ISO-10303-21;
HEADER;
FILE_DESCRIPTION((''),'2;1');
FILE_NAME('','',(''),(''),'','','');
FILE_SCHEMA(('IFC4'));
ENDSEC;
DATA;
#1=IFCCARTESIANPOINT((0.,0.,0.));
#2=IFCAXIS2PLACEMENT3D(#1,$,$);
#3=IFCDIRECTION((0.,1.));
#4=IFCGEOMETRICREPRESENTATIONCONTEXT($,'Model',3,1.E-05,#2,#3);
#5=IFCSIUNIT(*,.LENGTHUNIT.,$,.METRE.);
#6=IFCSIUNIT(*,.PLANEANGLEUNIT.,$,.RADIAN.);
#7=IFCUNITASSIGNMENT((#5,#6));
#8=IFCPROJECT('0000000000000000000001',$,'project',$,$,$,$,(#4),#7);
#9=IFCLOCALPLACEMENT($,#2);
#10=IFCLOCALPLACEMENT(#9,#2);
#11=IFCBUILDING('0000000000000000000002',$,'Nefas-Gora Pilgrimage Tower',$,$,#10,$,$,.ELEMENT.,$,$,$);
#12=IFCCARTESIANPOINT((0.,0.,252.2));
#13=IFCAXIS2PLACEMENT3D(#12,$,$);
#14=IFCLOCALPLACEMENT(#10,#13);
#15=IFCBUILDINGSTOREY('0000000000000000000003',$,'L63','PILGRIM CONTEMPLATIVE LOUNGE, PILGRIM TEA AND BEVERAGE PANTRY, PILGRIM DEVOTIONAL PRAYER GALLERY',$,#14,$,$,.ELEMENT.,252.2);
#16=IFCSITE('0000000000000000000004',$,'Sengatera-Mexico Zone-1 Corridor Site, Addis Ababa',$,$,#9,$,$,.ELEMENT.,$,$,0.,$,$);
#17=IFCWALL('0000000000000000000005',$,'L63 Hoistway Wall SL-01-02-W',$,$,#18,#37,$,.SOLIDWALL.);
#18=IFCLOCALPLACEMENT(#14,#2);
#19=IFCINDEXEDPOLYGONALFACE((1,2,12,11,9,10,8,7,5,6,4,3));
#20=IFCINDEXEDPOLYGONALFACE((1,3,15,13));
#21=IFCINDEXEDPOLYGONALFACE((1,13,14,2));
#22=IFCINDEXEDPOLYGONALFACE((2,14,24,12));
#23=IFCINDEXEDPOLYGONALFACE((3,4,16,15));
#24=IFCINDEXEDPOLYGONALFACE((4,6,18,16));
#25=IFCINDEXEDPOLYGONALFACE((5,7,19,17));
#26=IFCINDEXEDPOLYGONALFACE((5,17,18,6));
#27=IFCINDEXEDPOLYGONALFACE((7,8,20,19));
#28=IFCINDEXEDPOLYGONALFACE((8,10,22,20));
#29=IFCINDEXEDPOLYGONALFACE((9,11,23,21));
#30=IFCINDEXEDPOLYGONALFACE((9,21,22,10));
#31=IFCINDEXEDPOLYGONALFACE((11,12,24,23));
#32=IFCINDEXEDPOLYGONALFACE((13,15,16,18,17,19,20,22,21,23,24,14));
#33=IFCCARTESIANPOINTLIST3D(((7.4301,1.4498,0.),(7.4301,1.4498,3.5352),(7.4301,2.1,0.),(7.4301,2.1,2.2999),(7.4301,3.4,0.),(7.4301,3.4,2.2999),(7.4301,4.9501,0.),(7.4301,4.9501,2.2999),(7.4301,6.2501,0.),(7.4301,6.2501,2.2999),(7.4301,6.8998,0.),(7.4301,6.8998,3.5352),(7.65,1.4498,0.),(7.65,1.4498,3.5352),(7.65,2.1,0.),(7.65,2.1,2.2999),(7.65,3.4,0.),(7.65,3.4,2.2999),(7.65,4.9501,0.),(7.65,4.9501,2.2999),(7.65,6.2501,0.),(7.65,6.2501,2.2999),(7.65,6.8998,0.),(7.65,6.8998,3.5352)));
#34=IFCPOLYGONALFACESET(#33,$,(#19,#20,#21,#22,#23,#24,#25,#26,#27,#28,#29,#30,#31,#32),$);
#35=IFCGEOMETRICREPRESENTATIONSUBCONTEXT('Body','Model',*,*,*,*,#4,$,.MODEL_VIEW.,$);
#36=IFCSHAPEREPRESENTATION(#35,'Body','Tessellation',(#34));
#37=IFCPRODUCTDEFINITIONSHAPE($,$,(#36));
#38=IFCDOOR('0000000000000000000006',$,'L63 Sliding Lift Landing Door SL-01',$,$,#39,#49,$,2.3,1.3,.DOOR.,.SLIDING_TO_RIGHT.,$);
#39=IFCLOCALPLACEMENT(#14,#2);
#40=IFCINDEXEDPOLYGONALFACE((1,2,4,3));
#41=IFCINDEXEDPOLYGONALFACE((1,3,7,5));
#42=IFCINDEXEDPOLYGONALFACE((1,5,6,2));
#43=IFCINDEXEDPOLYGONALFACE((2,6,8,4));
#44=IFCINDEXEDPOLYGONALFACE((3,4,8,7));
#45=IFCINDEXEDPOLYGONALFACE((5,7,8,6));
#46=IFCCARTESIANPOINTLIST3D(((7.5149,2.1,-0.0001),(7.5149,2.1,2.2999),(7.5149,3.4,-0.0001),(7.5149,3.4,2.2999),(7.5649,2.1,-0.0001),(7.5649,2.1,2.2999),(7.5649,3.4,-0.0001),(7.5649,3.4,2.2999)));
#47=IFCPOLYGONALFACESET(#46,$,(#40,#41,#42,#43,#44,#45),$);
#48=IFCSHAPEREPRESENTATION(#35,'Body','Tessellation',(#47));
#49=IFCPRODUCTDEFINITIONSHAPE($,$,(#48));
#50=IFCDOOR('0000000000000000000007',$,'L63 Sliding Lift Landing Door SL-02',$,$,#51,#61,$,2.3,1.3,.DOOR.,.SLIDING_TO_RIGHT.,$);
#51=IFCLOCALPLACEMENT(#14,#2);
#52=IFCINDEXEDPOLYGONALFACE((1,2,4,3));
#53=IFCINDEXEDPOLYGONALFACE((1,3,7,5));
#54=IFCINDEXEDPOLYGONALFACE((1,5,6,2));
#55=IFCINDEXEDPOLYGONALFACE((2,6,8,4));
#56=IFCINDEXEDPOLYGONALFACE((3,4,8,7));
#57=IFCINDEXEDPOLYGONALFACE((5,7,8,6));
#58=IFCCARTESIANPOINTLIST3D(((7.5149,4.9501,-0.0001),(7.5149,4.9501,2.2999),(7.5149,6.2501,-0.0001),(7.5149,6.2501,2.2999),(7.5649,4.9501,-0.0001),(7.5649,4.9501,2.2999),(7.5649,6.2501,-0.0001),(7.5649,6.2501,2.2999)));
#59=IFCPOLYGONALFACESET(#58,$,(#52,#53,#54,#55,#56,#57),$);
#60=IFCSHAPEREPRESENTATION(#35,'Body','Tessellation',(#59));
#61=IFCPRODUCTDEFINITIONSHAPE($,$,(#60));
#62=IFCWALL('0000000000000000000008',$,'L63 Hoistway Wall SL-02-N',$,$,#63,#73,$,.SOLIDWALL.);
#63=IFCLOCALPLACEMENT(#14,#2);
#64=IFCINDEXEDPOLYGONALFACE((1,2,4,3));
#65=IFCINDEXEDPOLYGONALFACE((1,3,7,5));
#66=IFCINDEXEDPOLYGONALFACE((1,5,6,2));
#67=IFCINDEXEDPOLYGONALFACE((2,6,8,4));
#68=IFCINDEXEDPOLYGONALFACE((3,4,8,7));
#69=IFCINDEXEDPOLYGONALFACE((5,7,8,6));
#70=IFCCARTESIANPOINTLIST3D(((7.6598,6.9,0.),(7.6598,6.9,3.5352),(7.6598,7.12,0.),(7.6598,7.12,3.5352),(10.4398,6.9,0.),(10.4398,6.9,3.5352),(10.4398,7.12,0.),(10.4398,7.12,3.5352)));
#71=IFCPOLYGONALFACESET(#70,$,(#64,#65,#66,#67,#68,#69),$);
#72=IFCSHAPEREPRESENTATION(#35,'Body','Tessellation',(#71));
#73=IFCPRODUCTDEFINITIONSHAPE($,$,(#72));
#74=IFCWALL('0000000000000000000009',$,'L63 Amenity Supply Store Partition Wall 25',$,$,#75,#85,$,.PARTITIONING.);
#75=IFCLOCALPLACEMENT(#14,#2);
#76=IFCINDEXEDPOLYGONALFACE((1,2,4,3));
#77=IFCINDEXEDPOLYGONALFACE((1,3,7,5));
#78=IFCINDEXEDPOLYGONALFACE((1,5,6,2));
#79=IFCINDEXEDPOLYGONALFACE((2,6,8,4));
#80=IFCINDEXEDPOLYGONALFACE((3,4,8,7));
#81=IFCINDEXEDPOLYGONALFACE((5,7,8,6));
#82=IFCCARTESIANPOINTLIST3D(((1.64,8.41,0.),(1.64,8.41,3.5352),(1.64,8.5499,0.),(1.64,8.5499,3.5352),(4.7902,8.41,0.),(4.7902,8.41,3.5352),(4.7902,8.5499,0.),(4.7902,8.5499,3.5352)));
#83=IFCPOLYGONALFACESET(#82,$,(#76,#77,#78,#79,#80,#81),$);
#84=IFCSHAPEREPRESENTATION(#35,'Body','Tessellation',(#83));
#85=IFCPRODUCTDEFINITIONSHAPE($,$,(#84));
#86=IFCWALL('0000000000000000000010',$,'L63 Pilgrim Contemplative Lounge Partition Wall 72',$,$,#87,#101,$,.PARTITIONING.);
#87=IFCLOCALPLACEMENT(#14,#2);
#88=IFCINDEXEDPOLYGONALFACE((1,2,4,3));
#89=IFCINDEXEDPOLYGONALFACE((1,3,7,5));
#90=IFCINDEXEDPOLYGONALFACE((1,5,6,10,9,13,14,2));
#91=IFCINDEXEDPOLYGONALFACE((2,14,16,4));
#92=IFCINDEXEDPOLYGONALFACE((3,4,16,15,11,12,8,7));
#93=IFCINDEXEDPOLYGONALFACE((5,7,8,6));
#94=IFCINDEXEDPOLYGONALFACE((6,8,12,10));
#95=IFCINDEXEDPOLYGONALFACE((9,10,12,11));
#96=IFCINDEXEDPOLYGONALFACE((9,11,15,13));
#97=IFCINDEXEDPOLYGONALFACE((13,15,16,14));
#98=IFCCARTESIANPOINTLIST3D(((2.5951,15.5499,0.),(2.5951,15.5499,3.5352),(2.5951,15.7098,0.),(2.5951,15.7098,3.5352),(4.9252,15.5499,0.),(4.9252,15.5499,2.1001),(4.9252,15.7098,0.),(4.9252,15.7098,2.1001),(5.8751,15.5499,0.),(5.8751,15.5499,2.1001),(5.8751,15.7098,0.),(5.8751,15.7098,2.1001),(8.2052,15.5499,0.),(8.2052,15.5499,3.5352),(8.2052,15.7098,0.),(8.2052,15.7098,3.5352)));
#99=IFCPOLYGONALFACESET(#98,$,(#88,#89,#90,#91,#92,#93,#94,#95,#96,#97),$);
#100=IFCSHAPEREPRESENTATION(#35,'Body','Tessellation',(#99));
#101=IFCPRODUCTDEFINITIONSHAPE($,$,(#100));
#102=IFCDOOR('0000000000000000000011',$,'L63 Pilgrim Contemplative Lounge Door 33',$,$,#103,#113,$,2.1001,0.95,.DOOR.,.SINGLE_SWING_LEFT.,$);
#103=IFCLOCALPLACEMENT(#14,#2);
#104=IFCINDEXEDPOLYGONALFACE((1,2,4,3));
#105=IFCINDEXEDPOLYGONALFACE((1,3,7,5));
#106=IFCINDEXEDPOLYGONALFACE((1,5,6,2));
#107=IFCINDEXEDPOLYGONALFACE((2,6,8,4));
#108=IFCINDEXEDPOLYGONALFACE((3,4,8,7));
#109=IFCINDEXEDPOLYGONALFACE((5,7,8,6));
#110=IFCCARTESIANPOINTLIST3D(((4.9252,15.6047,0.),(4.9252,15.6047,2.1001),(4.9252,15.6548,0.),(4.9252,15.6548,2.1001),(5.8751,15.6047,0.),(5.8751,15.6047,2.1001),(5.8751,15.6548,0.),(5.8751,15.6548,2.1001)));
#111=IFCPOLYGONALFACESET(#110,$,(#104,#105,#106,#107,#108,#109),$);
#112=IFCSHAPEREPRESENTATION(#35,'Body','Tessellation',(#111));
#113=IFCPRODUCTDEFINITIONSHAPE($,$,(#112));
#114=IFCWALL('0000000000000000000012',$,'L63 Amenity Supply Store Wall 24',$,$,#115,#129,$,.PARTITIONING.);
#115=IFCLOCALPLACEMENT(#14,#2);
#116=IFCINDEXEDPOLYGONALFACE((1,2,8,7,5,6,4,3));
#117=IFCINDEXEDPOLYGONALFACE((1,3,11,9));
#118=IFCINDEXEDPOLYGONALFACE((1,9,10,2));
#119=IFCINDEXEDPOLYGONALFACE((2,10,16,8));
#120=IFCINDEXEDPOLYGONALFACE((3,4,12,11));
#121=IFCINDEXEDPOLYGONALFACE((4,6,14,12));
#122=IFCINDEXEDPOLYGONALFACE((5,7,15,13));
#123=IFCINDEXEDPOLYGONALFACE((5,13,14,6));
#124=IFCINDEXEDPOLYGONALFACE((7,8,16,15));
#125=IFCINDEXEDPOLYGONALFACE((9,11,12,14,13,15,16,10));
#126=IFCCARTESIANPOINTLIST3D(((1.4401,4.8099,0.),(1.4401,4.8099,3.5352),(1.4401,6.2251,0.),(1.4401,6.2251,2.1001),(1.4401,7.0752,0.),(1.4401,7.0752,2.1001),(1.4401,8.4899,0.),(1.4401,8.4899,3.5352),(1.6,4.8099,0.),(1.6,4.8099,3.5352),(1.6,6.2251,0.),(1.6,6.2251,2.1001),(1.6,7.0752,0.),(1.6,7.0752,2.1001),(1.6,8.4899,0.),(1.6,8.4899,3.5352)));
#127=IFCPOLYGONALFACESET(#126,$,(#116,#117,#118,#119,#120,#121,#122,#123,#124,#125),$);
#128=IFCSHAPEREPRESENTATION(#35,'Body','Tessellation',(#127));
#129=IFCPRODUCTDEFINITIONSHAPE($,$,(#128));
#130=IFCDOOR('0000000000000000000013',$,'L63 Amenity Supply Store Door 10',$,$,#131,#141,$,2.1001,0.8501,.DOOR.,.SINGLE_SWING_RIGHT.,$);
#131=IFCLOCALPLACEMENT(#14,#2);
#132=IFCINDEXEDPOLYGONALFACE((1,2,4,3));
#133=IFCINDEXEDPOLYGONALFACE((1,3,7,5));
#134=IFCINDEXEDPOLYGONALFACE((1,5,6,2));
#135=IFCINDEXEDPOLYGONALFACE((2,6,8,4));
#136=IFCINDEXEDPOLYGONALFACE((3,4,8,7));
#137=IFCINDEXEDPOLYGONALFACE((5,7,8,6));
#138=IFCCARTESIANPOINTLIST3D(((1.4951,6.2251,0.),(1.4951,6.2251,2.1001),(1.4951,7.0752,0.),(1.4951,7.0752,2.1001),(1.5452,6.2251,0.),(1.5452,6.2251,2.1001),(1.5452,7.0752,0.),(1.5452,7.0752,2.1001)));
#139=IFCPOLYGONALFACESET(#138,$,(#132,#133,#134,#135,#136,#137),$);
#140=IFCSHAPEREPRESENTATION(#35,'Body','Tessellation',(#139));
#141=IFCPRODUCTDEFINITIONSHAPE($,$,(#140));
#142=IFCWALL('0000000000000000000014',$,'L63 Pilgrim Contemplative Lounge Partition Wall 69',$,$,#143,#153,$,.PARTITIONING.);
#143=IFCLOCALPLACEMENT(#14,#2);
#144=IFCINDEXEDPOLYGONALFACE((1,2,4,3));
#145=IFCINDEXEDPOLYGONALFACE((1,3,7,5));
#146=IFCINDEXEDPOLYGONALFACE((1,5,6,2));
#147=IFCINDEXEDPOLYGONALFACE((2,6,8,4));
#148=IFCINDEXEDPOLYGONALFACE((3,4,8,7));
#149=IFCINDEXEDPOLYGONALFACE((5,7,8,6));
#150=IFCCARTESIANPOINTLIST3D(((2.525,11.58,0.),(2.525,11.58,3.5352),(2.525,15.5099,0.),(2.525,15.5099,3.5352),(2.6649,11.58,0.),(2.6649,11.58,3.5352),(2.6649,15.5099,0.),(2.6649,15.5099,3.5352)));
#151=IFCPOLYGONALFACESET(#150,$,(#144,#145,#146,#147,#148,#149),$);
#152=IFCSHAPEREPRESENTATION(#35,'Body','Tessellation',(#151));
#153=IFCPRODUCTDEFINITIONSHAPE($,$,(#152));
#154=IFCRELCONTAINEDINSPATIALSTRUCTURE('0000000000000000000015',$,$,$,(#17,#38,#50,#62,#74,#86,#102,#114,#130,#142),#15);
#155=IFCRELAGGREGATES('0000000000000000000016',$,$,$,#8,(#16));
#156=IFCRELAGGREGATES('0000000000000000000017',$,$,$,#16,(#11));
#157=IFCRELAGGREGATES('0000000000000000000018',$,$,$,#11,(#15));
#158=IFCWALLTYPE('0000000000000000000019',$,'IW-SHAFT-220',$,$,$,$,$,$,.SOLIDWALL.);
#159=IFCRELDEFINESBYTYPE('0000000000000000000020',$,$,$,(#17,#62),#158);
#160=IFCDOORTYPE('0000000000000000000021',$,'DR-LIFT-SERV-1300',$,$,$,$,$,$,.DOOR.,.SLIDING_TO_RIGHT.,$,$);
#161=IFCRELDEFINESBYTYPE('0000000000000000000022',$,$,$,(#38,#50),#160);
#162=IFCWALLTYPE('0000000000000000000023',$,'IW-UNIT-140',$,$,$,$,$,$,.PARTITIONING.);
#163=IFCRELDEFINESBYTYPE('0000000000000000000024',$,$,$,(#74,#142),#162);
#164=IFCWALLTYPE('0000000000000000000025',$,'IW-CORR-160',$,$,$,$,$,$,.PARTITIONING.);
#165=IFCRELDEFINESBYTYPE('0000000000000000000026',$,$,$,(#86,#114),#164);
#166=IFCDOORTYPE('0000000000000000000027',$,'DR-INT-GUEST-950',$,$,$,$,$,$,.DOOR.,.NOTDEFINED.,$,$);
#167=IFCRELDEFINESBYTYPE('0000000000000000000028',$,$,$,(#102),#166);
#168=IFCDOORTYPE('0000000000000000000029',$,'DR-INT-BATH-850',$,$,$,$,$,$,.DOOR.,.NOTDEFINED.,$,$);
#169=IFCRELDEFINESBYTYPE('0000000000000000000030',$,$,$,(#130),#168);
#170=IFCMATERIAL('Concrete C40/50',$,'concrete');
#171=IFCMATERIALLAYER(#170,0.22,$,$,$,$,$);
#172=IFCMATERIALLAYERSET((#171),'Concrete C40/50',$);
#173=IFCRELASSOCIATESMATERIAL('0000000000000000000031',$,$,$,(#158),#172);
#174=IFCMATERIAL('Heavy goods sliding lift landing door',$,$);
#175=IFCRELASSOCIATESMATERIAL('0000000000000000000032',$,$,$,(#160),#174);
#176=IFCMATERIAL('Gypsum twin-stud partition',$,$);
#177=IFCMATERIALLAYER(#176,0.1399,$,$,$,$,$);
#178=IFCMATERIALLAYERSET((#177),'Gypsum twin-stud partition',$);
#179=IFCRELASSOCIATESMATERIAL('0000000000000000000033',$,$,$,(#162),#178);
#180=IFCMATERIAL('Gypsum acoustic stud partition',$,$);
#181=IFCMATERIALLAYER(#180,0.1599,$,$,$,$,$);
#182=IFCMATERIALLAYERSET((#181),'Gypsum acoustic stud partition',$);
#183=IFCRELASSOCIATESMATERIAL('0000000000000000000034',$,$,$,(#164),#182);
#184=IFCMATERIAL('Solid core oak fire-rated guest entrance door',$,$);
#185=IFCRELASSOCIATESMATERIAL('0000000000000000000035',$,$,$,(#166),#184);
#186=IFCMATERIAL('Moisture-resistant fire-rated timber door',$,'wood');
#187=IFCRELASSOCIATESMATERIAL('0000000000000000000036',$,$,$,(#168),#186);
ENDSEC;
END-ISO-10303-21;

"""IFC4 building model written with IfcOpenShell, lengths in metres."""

from ifc_helpers import new_model, si_unit, direction, frame, frame_2d, origin, place, context, subcontext, project, spatial, rectangle, extrude, source, transform, mapped, material, layer, layer_set, type_object, element, fill, save


model = new_model("IFC4")

# Units and contexts
model_context = context("Model", 3, precision=1e-05, world=origin(), true_north=direction((0.0, 1.0)))
body_context = subcontext(model_context, "Body", "Model", "MODEL_VIEW")
ifc_project = project(units=[si_unit("LENGTHUNIT", "METRE"), si_unit("PLANEANGLEUNIT", "RADIAN")], contexts=[model_context])

# Site, building, storey
site_placement = place(None, origin())
site = spatial("IfcSite", under=ifc_project, at=site_placement, Name="Sengatera-Mexico Zone-1 Corridor Site, Addis Ababa", CompositionType="ELEMENT", RefElevation=0.0)
building_placement = place(site_placement, origin())
building = spatial("IfcBuilding", under=site, at=building_placement, Name="Nefas-Gora Pilgrimage Tower", CompositionType="ELEMENT")
storey_placement = place(building_placement, frame((0.0, 0.0, 252.2)))
storey = spatial("IfcBuildingStorey", under=building, at=storey_placement, Name="L63", Description="PILGRIM CONTEMPLATIVE LOUNGE, PILGRIM TEA AND BEVERAGE PANTRY, PILGRIM DEVOTIONAL PRAYER GALLERY", CompositionType="ELEMENT", Elevation=252.2)

# Wall, openings, doors
ifc_material_1 = material(Name="Concrete C40/50", Category="concrete")
ifc_layer_1 = layer(ifc_material_1, 0.22)
ifc_layer_set_1 = layer_set([ifc_layer_1], Name="Concrete C40/50")
wall_type_1 = type_object("IfcWallType", Name="IW-SHAFT-220", PredefinedType="SOLIDWALL", material=ifc_layer_set_1)
shared_shape_1 = source(origin(), body_context, "Body", "SweptSolid", [
    extrude(rectangle(XDim=5.45, YDim=0.22, at=frame_2d((2.7251, 0.0))), origin(), (0.0, 0.0, 1.0), 3.5352),
])
wall_1_placement = place(storey_placement, frame((7.54, 6.8999, 0.0), z_axis=(0.0, 0.0, 1.0), x_axis=(0.0, -1.0, 0.0)))
wall_1 = element("IfcWall", 1, at=wall_1_placement, inside=storey, type_object=wall_type_1, Name="L63 Hoistway Wall SL-01-02-W", PredefinedType="SOLIDWALL", context=body_context, shape_type="MappedRepresentation", body=[
    mapped(shared_shape_1, transform((0.0, 0.0, 0.0), x_axis=(1.0, 0.0, 0.0), y_axis=(0.0, 1.0, 0.0), z_axis=(0.0, 0.0, 1.0), scale=1.0)),
])
opening_1_placement = place(wall_1_placement, frame((3.5, 0.0, 0.0)))
opening_1 = element("IfcOpeningElement", 2, at=opening_1_placement, cuts=wall_1, PredefinedType="OPENING", context=body_context, shape_type="SweptSolid", body=[
    extrude(rectangle(XDim=1.3, YDim=2.3, at=frame_2d((0.6499, 1.1499))), frame((0.0, 0.1199, 0.0), z_axis=(0.0, -1.0, 0.0), x_axis=(1.0, 0.0, 0.0)), (0.0, 0.0, 1.0), 0.24),
])
opening_2_placement = place(wall_1_placement, frame((0.6499, 0.0, 0.0)))
opening_2 = element("IfcOpeningElement", 3, at=opening_2_placement, cuts=wall_1, PredefinedType="OPENING", context=body_context, shape_type="SweptSolid", body=[
    extrude(rectangle(XDim=1.3, YDim=2.3, at=frame_2d((0.6499, 1.1499))), frame((0.0, 0.1199, 0.0), z_axis=(0.0, -1.0, 0.0), x_axis=(1.0, 0.0, 0.0)), (0.0, 0.0, 1.0), 0.24),
])
ifc_material_2 = material(Name="Heavy goods sliding lift landing door")
door_type_1 = type_object("IfcDoorType", Name="DR-LIFT-SERV-1300", OperationType="SLIDING_TO_RIGHT", PredefinedType="DOOR", material=ifc_material_2)
shared_shape_2 = source(origin(), body_context, "Body", "SweptSolid", [
    extrude(rectangle(XDim=1.3, YDim=2.3, at=frame_2d((0.6499, 1.1499))), frame((0.0, 0.0249, 0.0), z_axis=(0.0, -1.0, 0.0), x_axis=(1.0, 0.0, 0.0)), (0.0, 0.0, 1.0), 0.05),
])
door_1_placement = place(opening_1_placement, origin())
door_1 = element("IfcDoor", 4, at=door_1_placement, inside=storey, type_object=door_type_1, Name="L63 Sliding Lift Landing Door SL-01", OperationType="SLIDING_TO_RIGHT", OverallHeight=2.3, OverallWidth=1.3, PredefinedType="DOOR", context=body_context, shape_type="MappedRepresentation", body=[
    mapped(shared_shape_2, transform((0.0, 0.0, 0.0), x_axis=(1.0, 0.0, 0.0), y_axis=(0.0, 1.0, 0.0), z_axis=(0.0, 0.0, 1.0), scale=1.0)),
])
fill(opening_1, door_1)
door_2_placement = place(opening_2_placement, origin())
door_2 = element("IfcDoor", 5, at=door_2_placement, inside=storey, type_object=door_type_1, Name="L63 Sliding Lift Landing Door SL-02", OperationType="SLIDING_TO_RIGHT", OverallHeight=2.3, OverallWidth=1.3, PredefinedType="DOOR", context=body_context, shape_type="MappedRepresentation", body=[
    mapped(shared_shape_2, transform((0.0, 0.0, 0.0), x_axis=(1.0, 0.0, 0.0), y_axis=(0.0, 1.0, 0.0), z_axis=(0.0, 0.0, 1.0), scale=1.0)),
])
fill(opening_2, door_2)

# Walls
shared_shape_3 = source(origin(), body_context, "Body", "SweptSolid", [
    extrude(rectangle(XDim=2.78, YDim=0.22, at=frame_2d((1.3901, 0.0))), origin(), (0.0, 0.0, 1.0), 3.5352),
])
wall_2_placement = place(storey_placement, frame((10.4399, 7.01, 0.0), z_axis=(0.0, 0.0, 1.0), x_axis=(-1.0, 0.0, 0.0)))
element("IfcWall", 6, at=wall_2_placement, inside=storey, type_object=wall_type_1, Name="L63 Hoistway Wall SL-02-N", PredefinedType="SOLIDWALL", context=body_context, shape_type="MappedRepresentation", body=[
    mapped(shared_shape_3, transform((0.0, 0.0, 0.0), x_axis=(1.0, 0.0, 0.0), y_axis=(0.0, 1.0, 0.0), z_axis=(0.0, 0.0, 1.0), scale=1.0)),
])
ifc_material_3 = material(Name="Gypsum twin-stud partition")
ifc_layer_2 = layer(ifc_material_3, 0.1399)
ifc_layer_set_2 = layer_set([ifc_layer_2], Name="Gypsum twin-stud partition")
wall_type_2 = type_object("IfcWallType", Name="IW-UNIT-140", PredefinedType="PARTITIONING", material=ifc_layer_set_2)
shared_shape_4 = source(origin(), body_context, "Body", "SweptSolid", [
    extrude(rectangle(XDim=3.1501, YDim=0.1399, at=frame_2d((1.5752, 0.0))), origin(), (0.0, 0.0, 1.0), 3.5352),
])
wall_3_placement = place(storey_placement, frame((1.6399, 8.48, 0.0), z_axis=(0.0, 0.0, 1.0), x_axis=(1.0, 0.0, 0.0)))
element("IfcWall", 7, at=wall_3_placement, inside=storey, type_object=wall_type_2, Name="L63 Amenity Supply Store Partition Wall 25", PredefinedType="PARTITIONING", context=body_context, shape_type="MappedRepresentation", body=[
    mapped(shared_shape_4, transform((0.0, 0.0, 0.0), x_axis=(1.0, 0.0, 0.0), y_axis=(0.0, 1.0, 0.0), z_axis=(0.0, 0.0, 1.0), scale=1.0)),
])

# Walls, openings, doors
ifc_material_4 = material(Name="Gypsum acoustic stud partition")
ifc_layer_3 = layer(ifc_material_4, 0.1599)
ifc_layer_set_3 = layer_set([ifc_layer_3], Name="Gypsum acoustic stud partition")
wall_type_3 = type_object("IfcWallType", Name="IW-CORR-160", PredefinedType="PARTITIONING", material=ifc_layer_set_3)
shared_shape_5 = source(origin(), body_context, "Body", "SweptSolid", [
    extrude(rectangle(XDim=5.6101, YDim=0.1599, at=frame_2d((2.8052, 0.0))), origin(), (0.0, 0.0, 1.0), 3.5352),
])
wall_4_placement = place(storey_placement, frame((2.595, 15.6299, 0.0), z_axis=(0.0, 0.0, 1.0), x_axis=(1.0, 0.0, 0.0)))
wall_4 = element("IfcWall", 8, at=wall_4_placement, inside=storey, type_object=wall_type_3, Name="L63 Pilgrim Contemplative Lounge Partition Wall 72", PredefinedType="PARTITIONING", context=body_context, shape_type="MappedRepresentation", body=[
    mapped(shared_shape_5, transform((0.0, 0.0, 0.0), x_axis=(1.0, 0.0, 0.0), y_axis=(0.0, 1.0, 0.0), z_axis=(0.0, 0.0, 1.0), scale=1.0)),
])
opening_3_placement = place(wall_4_placement, frame((2.3301, 0.0, 0.0)))
opening_3 = element("IfcOpeningElement", 9, at=opening_3_placement, cuts=wall_4, PredefinedType="OPENING", context=body_context, shape_type="SweptSolid", body=[
    extrude(rectangle(XDim=0.95, YDim=2.1001, at=frame_2d((0.4751, 1.05))), frame((0.0, 0.0898, 0.0), z_axis=(0.0, -1.0, 0.0), x_axis=(1.0, 0.0, 0.0)), (0.0, 0.0, 1.0), 0.1799),
])
ifc_material_5 = material(Name="Solid core oak fire-rated guest entrance door")
door_type_2 = type_object("IfcDoorType", Name="DR-INT-GUEST-950", OperationType="NOTDEFINED", PredefinedType="DOOR", material=ifc_material_5)
shared_shape_6 = source(origin(), body_context, "Body", "SweptSolid", [
    extrude(rectangle(XDim=0.95, YDim=2.1001, at=frame_2d((0.4751, 1.05))), frame((0.0, 0.0249, 0.0), z_axis=(0.0, -1.0, 0.0), x_axis=(1.0, 0.0, 0.0)), (0.0, 0.0, 1.0), 0.05),
])
door_3_placement = place(opening_3_placement, origin())
door_3 = element("IfcDoor", 10, at=door_3_placement, inside=storey, type_object=door_type_2, Name="L63 Pilgrim Contemplative Lounge Door 33", OperationType="SINGLE_SWING_LEFT", OverallHeight=2.1001, OverallWidth=0.95, PredefinedType="DOOR", context=body_context, shape_type="MappedRepresentation", body=[
    mapped(shared_shape_6, transform((0.0, 0.0, 0.0), x_axis=(1.0, 0.0, 0.0), y_axis=(0.0, 1.0, 0.0), z_axis=(0.0, 0.0, 1.0), scale=1.0)),
])
fill(opening_3, door_3)
shared_shape_7 = source(origin(), body_context, "Body", "SweptSolid", [
    extrude(rectangle(XDim=3.6799, YDim=0.1599, at=frame_2d((1.8398, 0.0))), origin(), (0.0, 0.0, 1.0), 3.5352),
])
wall_5_placement = place(storey_placement, frame((1.52, 4.8101, 0.0), z_axis=(0.0, 0.0, 1.0), x_axis=(0.0, 1.0, 0.0)))
wall_5 = element("IfcWall", 11, at=wall_5_placement, inside=storey, type_object=wall_type_3, Name="L63 Amenity Supply Store Wall 24", PredefinedType="PARTITIONING", context=body_context, shape_type="MappedRepresentation", body=[
    mapped(shared_shape_7, transform((0.0, 0.0, 0.0), x_axis=(1.0, 0.0, 0.0), y_axis=(0.0, 1.0, 0.0), z_axis=(0.0, 0.0, 1.0), scale=1.0)),
])
opening_4_placement = place(wall_5_placement, frame((1.415, 0.0, 0.0)))
opening_4 = element("IfcOpeningElement", 12, at=opening_4_placement, cuts=wall_5, PredefinedType="OPENING", context=body_context, shape_type="SweptSolid", body=[
    extrude(rectangle(XDim=0.8501, YDim=2.1001, at=frame_2d((0.425, 1.05))), frame((0.0, 0.0898, 0.0), z_axis=(0.0, -1.0, 0.0), x_axis=(1.0, 0.0, 0.0)), (0.0, 0.0, 1.0), 0.1799),
])
ifc_material_6 = material(Name="Moisture-resistant fire-rated timber door", Category="wood")
door_type_3 = type_object("IfcDoorType", Name="DR-INT-BATH-850", OperationType="NOTDEFINED", PredefinedType="DOOR", material=ifc_material_6)
shared_shape_8 = source(origin(), body_context, "Body", "SweptSolid", [
    extrude(rectangle(XDim=0.8501, YDim=2.1001, at=frame_2d((0.425, 1.05))), frame((0.0, 0.0249, 0.0), z_axis=(0.0, -1.0, 0.0), x_axis=(1.0, 0.0, 0.0)), (0.0, 0.0, 1.0), 0.05),
])
door_4_placement = place(opening_4_placement, origin())
door_4 = element("IfcDoor", 13, at=door_4_placement, inside=storey, type_object=door_type_3, Name="L63 Amenity Supply Store Door 10", OperationType="SINGLE_SWING_RIGHT", OverallHeight=2.1001, OverallWidth=0.8501, PredefinedType="DOOR", context=body_context, shape_type="MappedRepresentation", body=[
    mapped(shared_shape_8, transform((0.0, 0.0, 0.0), x_axis=(1.0, 0.0, 0.0), y_axis=(0.0, 1.0, 0.0), z_axis=(0.0, 0.0, 1.0), scale=1.0)),
])
fill(opening_4, door_4)

# Wall
shared_shape_9 = source(origin(), body_context, "Body", "SweptSolid", [
    extrude(rectangle(XDim=3.9299, YDim=0.1399, at=frame_2d((1.9648, 0.0))), origin(), (0.0, 0.0, 1.0), 3.5352),
])
wall_6_placement = place(storey_placement, frame((2.595, 11.5801, 0.0), z_axis=(0.0, 0.0, 1.0), x_axis=(0.0, 1.0, 0.0)))
element("IfcWall", 14, at=wall_6_placement, inside=storey, type_object=wall_type_2, Name="L63 Pilgrim Contemplative Lounge Partition Wall 69", PredefinedType="PARTITIONING", context=body_context, shape_type="MappedRepresentation", body=[
    mapped(shared_shape_9, transform((0.0, 0.0, 0.0), x_axis=(1.0, 0.0, 0.0), y_axis=(0.0, 1.0, 0.0), z_axis=(0.0, 0.0, 1.0), scale=1.0)),
])

save(model, "model.ifc")
